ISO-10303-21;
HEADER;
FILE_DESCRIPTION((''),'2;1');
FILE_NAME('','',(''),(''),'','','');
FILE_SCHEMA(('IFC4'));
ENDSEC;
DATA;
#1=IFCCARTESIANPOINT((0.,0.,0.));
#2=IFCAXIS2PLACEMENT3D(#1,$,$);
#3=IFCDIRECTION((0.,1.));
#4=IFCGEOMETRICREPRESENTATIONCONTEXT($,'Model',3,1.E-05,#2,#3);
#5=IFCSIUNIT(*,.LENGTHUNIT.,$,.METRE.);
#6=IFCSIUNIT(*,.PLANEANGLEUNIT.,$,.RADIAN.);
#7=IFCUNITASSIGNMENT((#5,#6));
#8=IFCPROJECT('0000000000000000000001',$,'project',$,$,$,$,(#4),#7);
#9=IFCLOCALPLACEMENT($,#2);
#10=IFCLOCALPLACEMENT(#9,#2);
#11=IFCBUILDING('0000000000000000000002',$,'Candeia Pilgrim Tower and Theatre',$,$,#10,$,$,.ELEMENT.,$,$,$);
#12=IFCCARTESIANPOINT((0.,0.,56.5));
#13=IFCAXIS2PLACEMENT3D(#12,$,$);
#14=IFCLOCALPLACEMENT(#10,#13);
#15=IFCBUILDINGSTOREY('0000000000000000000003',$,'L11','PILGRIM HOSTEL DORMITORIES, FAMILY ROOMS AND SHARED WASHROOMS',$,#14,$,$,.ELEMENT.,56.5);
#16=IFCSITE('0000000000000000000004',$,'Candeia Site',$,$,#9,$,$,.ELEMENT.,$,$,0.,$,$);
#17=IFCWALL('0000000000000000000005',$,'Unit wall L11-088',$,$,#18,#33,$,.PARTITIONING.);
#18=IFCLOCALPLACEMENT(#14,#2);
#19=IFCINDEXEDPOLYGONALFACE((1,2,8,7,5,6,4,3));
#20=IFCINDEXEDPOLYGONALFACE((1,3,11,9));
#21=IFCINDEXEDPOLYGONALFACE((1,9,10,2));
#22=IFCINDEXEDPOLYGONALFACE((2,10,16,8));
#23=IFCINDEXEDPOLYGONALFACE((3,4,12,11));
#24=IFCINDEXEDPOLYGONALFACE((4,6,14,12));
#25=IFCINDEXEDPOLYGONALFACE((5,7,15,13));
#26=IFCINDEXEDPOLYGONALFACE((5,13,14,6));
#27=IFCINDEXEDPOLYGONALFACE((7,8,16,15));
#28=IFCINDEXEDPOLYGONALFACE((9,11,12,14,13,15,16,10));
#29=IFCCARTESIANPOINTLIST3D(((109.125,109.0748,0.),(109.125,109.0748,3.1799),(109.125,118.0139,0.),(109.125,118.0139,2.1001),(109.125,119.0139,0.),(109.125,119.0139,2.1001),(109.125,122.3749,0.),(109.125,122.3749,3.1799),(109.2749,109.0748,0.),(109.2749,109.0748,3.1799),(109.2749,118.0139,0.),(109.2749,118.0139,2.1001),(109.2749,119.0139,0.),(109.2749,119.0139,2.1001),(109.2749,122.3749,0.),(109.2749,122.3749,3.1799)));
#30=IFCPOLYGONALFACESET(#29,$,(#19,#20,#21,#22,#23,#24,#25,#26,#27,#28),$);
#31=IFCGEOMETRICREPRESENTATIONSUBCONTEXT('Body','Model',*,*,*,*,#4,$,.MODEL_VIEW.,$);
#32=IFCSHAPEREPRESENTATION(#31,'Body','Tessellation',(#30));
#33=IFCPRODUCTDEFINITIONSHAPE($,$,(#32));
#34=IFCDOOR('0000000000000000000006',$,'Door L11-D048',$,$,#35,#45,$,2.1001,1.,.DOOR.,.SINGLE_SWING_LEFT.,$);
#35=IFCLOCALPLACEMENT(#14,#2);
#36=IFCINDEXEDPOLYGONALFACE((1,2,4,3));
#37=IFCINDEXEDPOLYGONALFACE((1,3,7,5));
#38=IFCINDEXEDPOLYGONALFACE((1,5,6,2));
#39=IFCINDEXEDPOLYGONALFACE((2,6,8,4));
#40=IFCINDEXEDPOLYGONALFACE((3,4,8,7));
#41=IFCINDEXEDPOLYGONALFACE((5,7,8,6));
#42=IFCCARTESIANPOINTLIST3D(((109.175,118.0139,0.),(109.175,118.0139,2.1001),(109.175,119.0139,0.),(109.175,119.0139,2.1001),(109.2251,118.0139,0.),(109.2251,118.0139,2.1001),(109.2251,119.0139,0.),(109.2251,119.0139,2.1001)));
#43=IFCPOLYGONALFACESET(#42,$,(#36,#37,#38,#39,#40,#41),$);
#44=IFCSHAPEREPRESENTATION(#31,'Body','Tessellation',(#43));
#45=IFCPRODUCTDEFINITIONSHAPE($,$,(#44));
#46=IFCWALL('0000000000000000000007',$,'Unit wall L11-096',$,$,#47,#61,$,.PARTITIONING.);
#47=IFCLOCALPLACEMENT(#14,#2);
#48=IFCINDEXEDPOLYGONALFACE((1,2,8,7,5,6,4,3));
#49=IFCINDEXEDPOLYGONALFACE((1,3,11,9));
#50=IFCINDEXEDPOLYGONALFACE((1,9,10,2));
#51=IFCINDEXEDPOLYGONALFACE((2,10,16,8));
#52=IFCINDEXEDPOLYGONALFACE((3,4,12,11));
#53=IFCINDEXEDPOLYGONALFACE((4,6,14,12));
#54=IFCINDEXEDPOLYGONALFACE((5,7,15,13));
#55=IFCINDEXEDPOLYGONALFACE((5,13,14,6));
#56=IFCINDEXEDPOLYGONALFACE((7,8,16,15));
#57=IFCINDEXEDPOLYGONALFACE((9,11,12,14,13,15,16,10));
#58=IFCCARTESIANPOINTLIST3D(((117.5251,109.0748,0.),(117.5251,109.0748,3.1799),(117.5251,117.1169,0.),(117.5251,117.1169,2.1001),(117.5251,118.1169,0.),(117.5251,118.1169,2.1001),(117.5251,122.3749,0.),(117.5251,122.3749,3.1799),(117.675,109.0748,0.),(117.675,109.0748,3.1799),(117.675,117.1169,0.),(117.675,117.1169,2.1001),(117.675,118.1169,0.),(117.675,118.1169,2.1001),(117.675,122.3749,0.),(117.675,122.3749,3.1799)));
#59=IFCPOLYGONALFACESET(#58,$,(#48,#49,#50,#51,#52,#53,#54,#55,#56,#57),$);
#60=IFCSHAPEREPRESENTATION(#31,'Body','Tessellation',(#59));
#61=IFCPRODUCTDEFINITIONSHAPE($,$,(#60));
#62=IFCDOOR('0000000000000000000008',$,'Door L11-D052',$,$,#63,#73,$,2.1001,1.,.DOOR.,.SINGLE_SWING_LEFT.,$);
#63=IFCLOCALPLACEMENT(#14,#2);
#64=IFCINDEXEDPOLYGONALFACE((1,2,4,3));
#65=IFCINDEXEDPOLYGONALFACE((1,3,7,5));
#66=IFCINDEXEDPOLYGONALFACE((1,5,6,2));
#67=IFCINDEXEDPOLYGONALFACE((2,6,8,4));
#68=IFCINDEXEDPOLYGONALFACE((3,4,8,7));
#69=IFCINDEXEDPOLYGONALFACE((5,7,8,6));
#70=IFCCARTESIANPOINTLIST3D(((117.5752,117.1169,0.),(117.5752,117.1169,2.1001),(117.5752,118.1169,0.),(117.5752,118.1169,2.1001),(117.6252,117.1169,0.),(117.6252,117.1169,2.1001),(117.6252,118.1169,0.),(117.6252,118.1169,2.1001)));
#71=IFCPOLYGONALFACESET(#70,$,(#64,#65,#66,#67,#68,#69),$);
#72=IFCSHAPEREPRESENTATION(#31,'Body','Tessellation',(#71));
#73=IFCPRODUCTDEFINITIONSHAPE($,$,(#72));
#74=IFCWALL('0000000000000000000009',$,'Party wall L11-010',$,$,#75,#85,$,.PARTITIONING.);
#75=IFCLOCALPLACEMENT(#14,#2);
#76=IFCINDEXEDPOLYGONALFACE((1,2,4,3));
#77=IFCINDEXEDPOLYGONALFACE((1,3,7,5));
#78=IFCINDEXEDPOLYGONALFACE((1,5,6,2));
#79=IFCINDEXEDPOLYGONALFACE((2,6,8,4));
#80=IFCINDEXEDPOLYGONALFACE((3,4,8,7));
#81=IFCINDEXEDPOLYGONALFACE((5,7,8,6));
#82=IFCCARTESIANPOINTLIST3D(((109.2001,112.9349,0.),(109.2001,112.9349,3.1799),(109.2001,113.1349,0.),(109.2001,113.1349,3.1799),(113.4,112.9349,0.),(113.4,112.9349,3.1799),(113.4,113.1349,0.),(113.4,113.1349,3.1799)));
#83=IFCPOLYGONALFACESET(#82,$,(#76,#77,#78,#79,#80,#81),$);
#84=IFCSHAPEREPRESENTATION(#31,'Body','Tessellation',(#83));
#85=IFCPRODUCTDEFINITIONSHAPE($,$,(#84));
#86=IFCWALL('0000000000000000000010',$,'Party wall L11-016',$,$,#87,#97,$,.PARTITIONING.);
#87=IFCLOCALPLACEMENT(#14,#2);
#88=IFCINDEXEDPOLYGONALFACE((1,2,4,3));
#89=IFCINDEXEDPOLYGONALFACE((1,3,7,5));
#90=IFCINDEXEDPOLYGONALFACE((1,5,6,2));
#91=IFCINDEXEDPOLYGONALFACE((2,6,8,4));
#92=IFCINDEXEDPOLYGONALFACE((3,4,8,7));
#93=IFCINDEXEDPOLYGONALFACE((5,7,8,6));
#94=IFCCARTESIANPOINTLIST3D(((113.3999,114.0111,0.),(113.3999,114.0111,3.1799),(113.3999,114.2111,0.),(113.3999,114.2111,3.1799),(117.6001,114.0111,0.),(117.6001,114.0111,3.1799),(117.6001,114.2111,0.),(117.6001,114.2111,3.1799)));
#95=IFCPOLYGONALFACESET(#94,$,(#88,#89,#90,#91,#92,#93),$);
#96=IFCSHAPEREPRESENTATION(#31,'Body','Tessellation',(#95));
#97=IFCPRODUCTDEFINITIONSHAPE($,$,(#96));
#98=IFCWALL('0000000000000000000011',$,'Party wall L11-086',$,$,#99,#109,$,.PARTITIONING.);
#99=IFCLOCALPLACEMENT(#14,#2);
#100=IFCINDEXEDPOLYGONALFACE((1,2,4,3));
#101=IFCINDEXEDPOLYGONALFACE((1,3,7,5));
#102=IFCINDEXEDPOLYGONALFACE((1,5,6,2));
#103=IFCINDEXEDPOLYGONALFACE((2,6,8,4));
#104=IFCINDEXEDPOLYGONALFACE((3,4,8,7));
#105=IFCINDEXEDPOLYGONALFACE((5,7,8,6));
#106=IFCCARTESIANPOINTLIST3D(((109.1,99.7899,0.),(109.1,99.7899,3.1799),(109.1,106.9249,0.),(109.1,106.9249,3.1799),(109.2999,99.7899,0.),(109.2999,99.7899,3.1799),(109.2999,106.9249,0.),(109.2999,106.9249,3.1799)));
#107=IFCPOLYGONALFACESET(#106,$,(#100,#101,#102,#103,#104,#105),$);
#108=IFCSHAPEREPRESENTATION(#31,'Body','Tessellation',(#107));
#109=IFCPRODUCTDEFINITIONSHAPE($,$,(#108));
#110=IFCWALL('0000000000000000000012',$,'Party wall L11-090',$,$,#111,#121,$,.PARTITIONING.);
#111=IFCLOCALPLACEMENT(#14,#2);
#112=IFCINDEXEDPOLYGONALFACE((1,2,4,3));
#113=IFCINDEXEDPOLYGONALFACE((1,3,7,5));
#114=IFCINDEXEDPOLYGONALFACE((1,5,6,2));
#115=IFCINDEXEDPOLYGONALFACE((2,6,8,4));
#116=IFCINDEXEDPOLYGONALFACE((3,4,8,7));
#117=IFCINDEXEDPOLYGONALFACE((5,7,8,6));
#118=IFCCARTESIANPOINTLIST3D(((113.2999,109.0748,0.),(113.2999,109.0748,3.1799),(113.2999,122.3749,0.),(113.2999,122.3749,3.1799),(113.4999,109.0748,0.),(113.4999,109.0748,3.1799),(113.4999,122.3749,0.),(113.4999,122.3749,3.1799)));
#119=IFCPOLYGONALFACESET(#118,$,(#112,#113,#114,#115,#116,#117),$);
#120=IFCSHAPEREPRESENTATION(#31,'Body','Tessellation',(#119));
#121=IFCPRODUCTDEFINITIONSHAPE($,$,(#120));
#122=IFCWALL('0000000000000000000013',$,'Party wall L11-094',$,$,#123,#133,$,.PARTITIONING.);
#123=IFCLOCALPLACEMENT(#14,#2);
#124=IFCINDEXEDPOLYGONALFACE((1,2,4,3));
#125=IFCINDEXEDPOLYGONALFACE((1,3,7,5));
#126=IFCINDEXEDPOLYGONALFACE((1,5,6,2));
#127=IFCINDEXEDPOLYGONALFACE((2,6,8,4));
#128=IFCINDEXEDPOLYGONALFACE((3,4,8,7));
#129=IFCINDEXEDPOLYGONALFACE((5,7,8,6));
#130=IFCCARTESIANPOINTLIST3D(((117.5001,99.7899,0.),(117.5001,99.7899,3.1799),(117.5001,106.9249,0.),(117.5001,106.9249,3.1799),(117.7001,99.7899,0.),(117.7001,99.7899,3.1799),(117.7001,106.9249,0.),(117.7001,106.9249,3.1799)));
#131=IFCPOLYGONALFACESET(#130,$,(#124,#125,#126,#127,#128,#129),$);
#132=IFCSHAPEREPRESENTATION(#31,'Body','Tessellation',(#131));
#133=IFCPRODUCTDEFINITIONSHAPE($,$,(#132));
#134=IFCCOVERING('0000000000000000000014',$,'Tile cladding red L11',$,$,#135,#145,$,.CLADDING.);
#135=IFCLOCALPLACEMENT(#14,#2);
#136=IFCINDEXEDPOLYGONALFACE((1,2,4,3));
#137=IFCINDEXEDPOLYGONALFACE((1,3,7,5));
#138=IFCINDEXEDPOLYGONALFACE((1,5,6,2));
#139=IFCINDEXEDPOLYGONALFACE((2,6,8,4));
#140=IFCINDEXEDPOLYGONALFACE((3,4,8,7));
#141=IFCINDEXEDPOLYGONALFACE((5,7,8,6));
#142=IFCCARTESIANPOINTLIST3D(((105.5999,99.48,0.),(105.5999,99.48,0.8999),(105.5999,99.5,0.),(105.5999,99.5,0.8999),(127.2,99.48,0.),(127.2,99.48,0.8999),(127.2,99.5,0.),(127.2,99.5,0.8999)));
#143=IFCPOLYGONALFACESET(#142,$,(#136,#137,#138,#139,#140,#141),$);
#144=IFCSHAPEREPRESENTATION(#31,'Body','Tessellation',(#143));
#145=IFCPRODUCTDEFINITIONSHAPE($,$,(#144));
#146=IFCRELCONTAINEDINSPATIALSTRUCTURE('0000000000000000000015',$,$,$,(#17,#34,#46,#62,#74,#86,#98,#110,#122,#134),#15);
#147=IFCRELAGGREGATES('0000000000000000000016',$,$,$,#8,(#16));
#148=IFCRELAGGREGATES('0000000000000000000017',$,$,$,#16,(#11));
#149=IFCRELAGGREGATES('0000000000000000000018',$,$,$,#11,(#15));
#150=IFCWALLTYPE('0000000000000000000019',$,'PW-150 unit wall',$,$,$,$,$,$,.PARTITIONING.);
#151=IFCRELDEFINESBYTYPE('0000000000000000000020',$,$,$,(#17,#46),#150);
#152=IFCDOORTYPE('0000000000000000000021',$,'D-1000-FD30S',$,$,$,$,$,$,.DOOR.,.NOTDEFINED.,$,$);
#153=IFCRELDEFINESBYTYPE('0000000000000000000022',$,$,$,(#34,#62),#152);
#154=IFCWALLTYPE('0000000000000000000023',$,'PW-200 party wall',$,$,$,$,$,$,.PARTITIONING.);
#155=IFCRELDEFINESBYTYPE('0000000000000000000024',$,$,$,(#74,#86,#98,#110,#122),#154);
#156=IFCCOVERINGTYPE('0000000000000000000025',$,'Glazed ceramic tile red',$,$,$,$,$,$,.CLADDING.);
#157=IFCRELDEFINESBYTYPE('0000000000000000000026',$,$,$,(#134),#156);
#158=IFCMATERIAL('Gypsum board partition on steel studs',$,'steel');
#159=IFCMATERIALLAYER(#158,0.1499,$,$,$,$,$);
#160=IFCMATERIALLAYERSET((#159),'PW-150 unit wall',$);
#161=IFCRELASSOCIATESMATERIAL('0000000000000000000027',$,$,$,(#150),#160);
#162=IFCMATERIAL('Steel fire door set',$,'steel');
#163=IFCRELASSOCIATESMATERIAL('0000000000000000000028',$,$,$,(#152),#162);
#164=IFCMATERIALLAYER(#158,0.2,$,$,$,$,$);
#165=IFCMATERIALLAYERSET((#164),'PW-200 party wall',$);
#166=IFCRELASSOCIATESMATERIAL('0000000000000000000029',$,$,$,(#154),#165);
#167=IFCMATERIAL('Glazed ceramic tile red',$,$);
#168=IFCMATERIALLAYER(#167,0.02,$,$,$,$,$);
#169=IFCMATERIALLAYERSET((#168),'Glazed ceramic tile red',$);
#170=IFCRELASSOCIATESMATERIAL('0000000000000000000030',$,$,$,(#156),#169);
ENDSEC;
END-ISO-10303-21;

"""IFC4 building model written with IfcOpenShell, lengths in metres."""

from ifc_helpers import new_model, si_unit, direction, frame, frame_2d, origin, origin_2d, place, context, subcontext, project, spatial, rectangle, extrude, material, layer, layer_set, type_object, element, fill, save


model = new_model("IFC4")

# Units and contexts
model_context = context("Model", 3, precision=1e-05, world=origin(), true_north=direction((0.0, 1.0)))
body_context = subcontext(model_context, "Body", "Model", "MODEL_VIEW")
ifc_project = project(units=[si_unit("LENGTHUNIT", "METRE"), si_unit("PLANEANGLEUNIT", "RADIAN")], contexts=[model_context])

# Site, building, storey
site_placement = place(None, origin())
site = spatial("IfcSite", under=ifc_project, at=site_placement, Name="Candeia Site", CompositionType="ELEMENT", RefElevation=0.0)
building_placement = place(site_placement, origin())
building = spatial("IfcBuilding", under=site, at=building_placement, Name="Candeia Pilgrim Tower and Theatre", CompositionType="ELEMENT")
storey_placement = place(building_placement, frame((0.0, 0.0, 56.5)))
storey = spatial("IfcBuildingStorey", under=building, at=storey_placement, Name="L11", Description="PILGRIM HOSTEL DORMITORIES, FAMILY ROOMS AND SHARED WASHROOMS", CompositionType="ELEMENT", Elevation=56.5)

# Shared definitions
ifc_material_1 = material(Name="Gypsum board partition on steel studs", Category="steel")

# Walls, openings, doors
ifc_layer_1 = layer(ifc_material_1, 0.1499)
ifc_layer_set_1 = layer_set([ifc_layer_1], Name="PW-150 unit wall")
wall_type_1 = type_object("IfcWallType", Name="PW-150 unit wall", PredefinedType="PARTITIONING", material=ifc_layer_set_1)
wall_1_placement = place(storey_placement, frame((109.2, 109.075, 0.0), z_axis=(0.0, 0.0, 1.0), x_axis=(0.0, 1.0, 0.0)))
wall_1 = element("IfcWall", 1, at=wall_1_placement, inside=storey, type_object=wall_type_1, Name="Unit wall L11-088", PredefinedType="PARTITIONING", context=body_context, shape_type="SweptSolid", body=[
    extrude(rectangle(XDim=13.3, YDim=0.1499, at=frame_2d((6.6499, 0.0))), origin(), (0.0, 0.0, 1.0), 3.1799),
])
opening_1_placement = place(wall_1_placement, frame((8.939, 0.0, 0.0)))
opening_1 = element("IfcOpeningElement", 2, at=opening_1_placement, cuts=wall_1, PredefinedType="OPENING", context=body_context, shape_type="SweptSolid", body=[
    extrude(rectangle(XDim=1.0, YDim=2.1001, at=frame_2d((0.5, 1.05))), frame((0.0, 0.085, 0.0), z_axis=(0.0, -1.0, 0.0), x_axis=(1.0, 0.0, 0.0)), (0.0, 0.0, 1.0), 0.1699),
])
ifc_material_2 = material(Name="Steel fire door set", Category="steel")
door_type_1 = type_object("IfcDoorType", Name="D-1000-FD30S", OperationType="NOTDEFINED", PredefinedType="DOOR", material=ifc_material_2)
door_1_placement = place(opening_1_placement, origin())
door_1 = element("IfcDoor", 3, at=door_1_placement, inside=storey, type_object=door_type_1, Name="Door L11-D048", OperationType="SINGLE_SWING_LEFT", OverallHeight=2.1001, OverallWidth=1.0, PredefinedType="DOOR", context=body_context, shape_type="SweptSolid", body=[
    extrude(rectangle(XDim=1.0, YDim=2.1001, at=frame_2d((0.5, 1.05))), frame((0.0, 0.0249, 0.0), z_axis=(0.0, -1.0, 0.0), x_axis=(1.0, 0.0, 0.0)), (0.0, 0.0, 1.0), 0.05),
])
fill(opening_1, door_1)
wall_2_placement = place(storey_placement, frame((117.6001, 109.075, 0.0), z_axis=(0.0, 0.0, 1.0), x_axis=(0.0, 1.0, 0.0)))
wall_2 = element("IfcWall", 4, at=wall_2_placement, inside=storey, type_object=wall_type_1, Name="Unit wall L11-096", PredefinedType="PARTITIONING", context=body_context, shape_type="SweptSolid", body=[
    extrude(rectangle(XDim=13.3, YDim=0.1499, at=frame_2d((6.6499, 0.0))), origin(), (0.0, 0.0, 1.0), 3.1799),
])
opening_2_placement = place(wall_2_placement, frame((8.042, 0.0, 0.0)))
opening_2 = element("IfcOpeningElement", 5, at=opening_2_placement, cuts=wall_2, PredefinedType="OPENING", context=body_context, shape_type="SweptSolid", body=[
    extrude(rectangle(XDim=1.0, YDim=2.1001, at=frame_2d((0.5, 1.05))), frame((0.0, 0.085, 0.0), z_axis=(0.0, -1.0, 0.0), x_axis=(1.0, 0.0, 0.0)), (0.0, 0.0, 1.0), 0.1699),
])
door_2_placement = place(opening_2_placement, origin())
door_2 = element("IfcDoor", 6, at=door_2_placement, inside=storey, type_object=door_type_1, Name="Door L11-D052", OperationType="SINGLE_SWING_LEFT", OverallHeight=2.1001, OverallWidth=1.0, PredefinedType="DOOR", context=body_context, shape_type="SweptSolid", body=[
    extrude(rectangle(XDim=1.0, YDim=2.1001, at=frame_2d((0.5, 1.05))), frame((0.0, 0.0249, 0.0), z_axis=(0.0, -1.0, 0.0), x_axis=(1.0, 0.0, 0.0)), (0.0, 0.0, 1.0), 0.05),
])
fill(opening_2, door_2)

# Walls
ifc_layer_2 = layer(ifc_material_1, 0.2)
ifc_layer_set_2 = layer_set([ifc_layer_2], Name="PW-200 party wall")
wall_type_2 = type_object("IfcWallType", Name="PW-200 party wall", PredefinedType="PARTITIONING", material=ifc_layer_set_2)
wall_3_placement = place(storey_placement, frame((109.2, 113.0349, 0.0), z_axis=(0.0, 0.0, 1.0), x_axis=(1.0, 0.0, 0.0)))
element("IfcWall", 7, at=wall_3_placement, inside=storey, type_object=wall_type_2, Name="Party wall L11-010", PredefinedType="PARTITIONING", context=body_context, shape_type="SweptSolid", body=[
    extrude(rectangle(XDim=4.2, YDim=0.2, at=frame_2d((2.1001, 0.0))), origin(), (0.0, 0.0, 1.0), 3.1799),
])
wall_4_placement = place(storey_placement, frame((113.3999, 114.1111, 0.0), z_axis=(0.0, 0.0, 1.0), x_axis=(1.0, 0.0, 0.0)))
element("IfcWall", 8, at=wall_4_placement, inside=storey, type_object=wall_type_2, Name="Party wall L11-016", PredefinedType="PARTITIONING", context=body_context, shape_type="SweptSolid", body=[
    extrude(rectangle(XDim=4.2002, YDim=0.2, at=frame_2d((2.1001, 0.0))), origin(), (0.0, 0.0, 1.0), 3.1799),
])
wall_5_placement = place(storey_placement, frame((109.2, 99.79, 0.0), z_axis=(0.0, 0.0, 1.0), x_axis=(0.0, 1.0, 0.0)))
element("IfcWall", 9, at=wall_5_placement, inside=storey, type_object=wall_type_2, Name="Party wall L11-086", PredefinedType="PARTITIONING", context=body_context, shape_type="SweptSolid", body=[
    extrude(rectangle(XDim=7.135, YDim=0.2, at=frame_2d((3.5674, 0.0))), origin(), (0.0, 0.0, 1.0), 3.1799),
])
wall_6_placement = place(storey_placement, frame((113.3999, 109.075, 0.0), z_axis=(0.0, 0.0, 1.0), x_axis=(0.0, 1.0, 0.0)))
element("IfcWall", 10, at=wall_6_placement, inside=storey, type_object=wall_type_2, Name="Party wall L11-090", PredefinedType="PARTITIONING", context=body_context, shape_type="SweptSolid", body=[
    extrude(rectangle(XDim=13.3, YDim=0.2, at=frame_2d((6.6499, 0.0))), origin(), (0.0, 0.0, 1.0), 3.1799),
])
wall_7_placement = place(storey_placement, frame((117.6001, 99.79, 0.0), z_axis=(0.0, 0.0, 1.0), x_axis=(0.0, 1.0, 0.0)))
element("IfcWall", 11, at=wall_7_placement, inside=storey, type_object=wall_type_2, Name="Party wall L11-094", PredefinedType="PARTITIONING", context=body_context, shape_type="SweptSolid", body=[
    extrude(rectangle(XDim=7.135, YDim=0.2, at=frame_2d((3.5674, 0.0))), origin(), (0.0, 0.0, 1.0), 3.1799),
])

# Covering
ifc_material_3 = material(Name="Glazed ceramic tile red")
ifc_layer_3 = layer(ifc_material_3, 0.02)
ifc_layer_set_3 = layer_set([ifc_layer_3], Name="Glazed ceramic tile red")
covering_type = type_object("IfcCoveringType", Name="Glazed ceramic tile red", PredefinedType="CLADDING", material=ifc_layer_set_3)
covering_placement = place(storey_placement, frame((116.3999, 99.49, 0.0), z_axis=(0.0, 0.0, 1.0), x_axis=(1.0, 0.0, 0.0)))
element("IfcCovering", 12, at=covering_placement, inside=storey, type_object=covering_type, Name="Tile cladding red L11", PredefinedType="CLADDING", context=body_context, shape_type="SweptSolid", body=[
    extrude(rectangle(XDim=21.6001, YDim=0.02, at=origin_2d()), origin(), (0.0, 0.0, 1.0), 0.8999),
])

save(model, "model.ifc")
